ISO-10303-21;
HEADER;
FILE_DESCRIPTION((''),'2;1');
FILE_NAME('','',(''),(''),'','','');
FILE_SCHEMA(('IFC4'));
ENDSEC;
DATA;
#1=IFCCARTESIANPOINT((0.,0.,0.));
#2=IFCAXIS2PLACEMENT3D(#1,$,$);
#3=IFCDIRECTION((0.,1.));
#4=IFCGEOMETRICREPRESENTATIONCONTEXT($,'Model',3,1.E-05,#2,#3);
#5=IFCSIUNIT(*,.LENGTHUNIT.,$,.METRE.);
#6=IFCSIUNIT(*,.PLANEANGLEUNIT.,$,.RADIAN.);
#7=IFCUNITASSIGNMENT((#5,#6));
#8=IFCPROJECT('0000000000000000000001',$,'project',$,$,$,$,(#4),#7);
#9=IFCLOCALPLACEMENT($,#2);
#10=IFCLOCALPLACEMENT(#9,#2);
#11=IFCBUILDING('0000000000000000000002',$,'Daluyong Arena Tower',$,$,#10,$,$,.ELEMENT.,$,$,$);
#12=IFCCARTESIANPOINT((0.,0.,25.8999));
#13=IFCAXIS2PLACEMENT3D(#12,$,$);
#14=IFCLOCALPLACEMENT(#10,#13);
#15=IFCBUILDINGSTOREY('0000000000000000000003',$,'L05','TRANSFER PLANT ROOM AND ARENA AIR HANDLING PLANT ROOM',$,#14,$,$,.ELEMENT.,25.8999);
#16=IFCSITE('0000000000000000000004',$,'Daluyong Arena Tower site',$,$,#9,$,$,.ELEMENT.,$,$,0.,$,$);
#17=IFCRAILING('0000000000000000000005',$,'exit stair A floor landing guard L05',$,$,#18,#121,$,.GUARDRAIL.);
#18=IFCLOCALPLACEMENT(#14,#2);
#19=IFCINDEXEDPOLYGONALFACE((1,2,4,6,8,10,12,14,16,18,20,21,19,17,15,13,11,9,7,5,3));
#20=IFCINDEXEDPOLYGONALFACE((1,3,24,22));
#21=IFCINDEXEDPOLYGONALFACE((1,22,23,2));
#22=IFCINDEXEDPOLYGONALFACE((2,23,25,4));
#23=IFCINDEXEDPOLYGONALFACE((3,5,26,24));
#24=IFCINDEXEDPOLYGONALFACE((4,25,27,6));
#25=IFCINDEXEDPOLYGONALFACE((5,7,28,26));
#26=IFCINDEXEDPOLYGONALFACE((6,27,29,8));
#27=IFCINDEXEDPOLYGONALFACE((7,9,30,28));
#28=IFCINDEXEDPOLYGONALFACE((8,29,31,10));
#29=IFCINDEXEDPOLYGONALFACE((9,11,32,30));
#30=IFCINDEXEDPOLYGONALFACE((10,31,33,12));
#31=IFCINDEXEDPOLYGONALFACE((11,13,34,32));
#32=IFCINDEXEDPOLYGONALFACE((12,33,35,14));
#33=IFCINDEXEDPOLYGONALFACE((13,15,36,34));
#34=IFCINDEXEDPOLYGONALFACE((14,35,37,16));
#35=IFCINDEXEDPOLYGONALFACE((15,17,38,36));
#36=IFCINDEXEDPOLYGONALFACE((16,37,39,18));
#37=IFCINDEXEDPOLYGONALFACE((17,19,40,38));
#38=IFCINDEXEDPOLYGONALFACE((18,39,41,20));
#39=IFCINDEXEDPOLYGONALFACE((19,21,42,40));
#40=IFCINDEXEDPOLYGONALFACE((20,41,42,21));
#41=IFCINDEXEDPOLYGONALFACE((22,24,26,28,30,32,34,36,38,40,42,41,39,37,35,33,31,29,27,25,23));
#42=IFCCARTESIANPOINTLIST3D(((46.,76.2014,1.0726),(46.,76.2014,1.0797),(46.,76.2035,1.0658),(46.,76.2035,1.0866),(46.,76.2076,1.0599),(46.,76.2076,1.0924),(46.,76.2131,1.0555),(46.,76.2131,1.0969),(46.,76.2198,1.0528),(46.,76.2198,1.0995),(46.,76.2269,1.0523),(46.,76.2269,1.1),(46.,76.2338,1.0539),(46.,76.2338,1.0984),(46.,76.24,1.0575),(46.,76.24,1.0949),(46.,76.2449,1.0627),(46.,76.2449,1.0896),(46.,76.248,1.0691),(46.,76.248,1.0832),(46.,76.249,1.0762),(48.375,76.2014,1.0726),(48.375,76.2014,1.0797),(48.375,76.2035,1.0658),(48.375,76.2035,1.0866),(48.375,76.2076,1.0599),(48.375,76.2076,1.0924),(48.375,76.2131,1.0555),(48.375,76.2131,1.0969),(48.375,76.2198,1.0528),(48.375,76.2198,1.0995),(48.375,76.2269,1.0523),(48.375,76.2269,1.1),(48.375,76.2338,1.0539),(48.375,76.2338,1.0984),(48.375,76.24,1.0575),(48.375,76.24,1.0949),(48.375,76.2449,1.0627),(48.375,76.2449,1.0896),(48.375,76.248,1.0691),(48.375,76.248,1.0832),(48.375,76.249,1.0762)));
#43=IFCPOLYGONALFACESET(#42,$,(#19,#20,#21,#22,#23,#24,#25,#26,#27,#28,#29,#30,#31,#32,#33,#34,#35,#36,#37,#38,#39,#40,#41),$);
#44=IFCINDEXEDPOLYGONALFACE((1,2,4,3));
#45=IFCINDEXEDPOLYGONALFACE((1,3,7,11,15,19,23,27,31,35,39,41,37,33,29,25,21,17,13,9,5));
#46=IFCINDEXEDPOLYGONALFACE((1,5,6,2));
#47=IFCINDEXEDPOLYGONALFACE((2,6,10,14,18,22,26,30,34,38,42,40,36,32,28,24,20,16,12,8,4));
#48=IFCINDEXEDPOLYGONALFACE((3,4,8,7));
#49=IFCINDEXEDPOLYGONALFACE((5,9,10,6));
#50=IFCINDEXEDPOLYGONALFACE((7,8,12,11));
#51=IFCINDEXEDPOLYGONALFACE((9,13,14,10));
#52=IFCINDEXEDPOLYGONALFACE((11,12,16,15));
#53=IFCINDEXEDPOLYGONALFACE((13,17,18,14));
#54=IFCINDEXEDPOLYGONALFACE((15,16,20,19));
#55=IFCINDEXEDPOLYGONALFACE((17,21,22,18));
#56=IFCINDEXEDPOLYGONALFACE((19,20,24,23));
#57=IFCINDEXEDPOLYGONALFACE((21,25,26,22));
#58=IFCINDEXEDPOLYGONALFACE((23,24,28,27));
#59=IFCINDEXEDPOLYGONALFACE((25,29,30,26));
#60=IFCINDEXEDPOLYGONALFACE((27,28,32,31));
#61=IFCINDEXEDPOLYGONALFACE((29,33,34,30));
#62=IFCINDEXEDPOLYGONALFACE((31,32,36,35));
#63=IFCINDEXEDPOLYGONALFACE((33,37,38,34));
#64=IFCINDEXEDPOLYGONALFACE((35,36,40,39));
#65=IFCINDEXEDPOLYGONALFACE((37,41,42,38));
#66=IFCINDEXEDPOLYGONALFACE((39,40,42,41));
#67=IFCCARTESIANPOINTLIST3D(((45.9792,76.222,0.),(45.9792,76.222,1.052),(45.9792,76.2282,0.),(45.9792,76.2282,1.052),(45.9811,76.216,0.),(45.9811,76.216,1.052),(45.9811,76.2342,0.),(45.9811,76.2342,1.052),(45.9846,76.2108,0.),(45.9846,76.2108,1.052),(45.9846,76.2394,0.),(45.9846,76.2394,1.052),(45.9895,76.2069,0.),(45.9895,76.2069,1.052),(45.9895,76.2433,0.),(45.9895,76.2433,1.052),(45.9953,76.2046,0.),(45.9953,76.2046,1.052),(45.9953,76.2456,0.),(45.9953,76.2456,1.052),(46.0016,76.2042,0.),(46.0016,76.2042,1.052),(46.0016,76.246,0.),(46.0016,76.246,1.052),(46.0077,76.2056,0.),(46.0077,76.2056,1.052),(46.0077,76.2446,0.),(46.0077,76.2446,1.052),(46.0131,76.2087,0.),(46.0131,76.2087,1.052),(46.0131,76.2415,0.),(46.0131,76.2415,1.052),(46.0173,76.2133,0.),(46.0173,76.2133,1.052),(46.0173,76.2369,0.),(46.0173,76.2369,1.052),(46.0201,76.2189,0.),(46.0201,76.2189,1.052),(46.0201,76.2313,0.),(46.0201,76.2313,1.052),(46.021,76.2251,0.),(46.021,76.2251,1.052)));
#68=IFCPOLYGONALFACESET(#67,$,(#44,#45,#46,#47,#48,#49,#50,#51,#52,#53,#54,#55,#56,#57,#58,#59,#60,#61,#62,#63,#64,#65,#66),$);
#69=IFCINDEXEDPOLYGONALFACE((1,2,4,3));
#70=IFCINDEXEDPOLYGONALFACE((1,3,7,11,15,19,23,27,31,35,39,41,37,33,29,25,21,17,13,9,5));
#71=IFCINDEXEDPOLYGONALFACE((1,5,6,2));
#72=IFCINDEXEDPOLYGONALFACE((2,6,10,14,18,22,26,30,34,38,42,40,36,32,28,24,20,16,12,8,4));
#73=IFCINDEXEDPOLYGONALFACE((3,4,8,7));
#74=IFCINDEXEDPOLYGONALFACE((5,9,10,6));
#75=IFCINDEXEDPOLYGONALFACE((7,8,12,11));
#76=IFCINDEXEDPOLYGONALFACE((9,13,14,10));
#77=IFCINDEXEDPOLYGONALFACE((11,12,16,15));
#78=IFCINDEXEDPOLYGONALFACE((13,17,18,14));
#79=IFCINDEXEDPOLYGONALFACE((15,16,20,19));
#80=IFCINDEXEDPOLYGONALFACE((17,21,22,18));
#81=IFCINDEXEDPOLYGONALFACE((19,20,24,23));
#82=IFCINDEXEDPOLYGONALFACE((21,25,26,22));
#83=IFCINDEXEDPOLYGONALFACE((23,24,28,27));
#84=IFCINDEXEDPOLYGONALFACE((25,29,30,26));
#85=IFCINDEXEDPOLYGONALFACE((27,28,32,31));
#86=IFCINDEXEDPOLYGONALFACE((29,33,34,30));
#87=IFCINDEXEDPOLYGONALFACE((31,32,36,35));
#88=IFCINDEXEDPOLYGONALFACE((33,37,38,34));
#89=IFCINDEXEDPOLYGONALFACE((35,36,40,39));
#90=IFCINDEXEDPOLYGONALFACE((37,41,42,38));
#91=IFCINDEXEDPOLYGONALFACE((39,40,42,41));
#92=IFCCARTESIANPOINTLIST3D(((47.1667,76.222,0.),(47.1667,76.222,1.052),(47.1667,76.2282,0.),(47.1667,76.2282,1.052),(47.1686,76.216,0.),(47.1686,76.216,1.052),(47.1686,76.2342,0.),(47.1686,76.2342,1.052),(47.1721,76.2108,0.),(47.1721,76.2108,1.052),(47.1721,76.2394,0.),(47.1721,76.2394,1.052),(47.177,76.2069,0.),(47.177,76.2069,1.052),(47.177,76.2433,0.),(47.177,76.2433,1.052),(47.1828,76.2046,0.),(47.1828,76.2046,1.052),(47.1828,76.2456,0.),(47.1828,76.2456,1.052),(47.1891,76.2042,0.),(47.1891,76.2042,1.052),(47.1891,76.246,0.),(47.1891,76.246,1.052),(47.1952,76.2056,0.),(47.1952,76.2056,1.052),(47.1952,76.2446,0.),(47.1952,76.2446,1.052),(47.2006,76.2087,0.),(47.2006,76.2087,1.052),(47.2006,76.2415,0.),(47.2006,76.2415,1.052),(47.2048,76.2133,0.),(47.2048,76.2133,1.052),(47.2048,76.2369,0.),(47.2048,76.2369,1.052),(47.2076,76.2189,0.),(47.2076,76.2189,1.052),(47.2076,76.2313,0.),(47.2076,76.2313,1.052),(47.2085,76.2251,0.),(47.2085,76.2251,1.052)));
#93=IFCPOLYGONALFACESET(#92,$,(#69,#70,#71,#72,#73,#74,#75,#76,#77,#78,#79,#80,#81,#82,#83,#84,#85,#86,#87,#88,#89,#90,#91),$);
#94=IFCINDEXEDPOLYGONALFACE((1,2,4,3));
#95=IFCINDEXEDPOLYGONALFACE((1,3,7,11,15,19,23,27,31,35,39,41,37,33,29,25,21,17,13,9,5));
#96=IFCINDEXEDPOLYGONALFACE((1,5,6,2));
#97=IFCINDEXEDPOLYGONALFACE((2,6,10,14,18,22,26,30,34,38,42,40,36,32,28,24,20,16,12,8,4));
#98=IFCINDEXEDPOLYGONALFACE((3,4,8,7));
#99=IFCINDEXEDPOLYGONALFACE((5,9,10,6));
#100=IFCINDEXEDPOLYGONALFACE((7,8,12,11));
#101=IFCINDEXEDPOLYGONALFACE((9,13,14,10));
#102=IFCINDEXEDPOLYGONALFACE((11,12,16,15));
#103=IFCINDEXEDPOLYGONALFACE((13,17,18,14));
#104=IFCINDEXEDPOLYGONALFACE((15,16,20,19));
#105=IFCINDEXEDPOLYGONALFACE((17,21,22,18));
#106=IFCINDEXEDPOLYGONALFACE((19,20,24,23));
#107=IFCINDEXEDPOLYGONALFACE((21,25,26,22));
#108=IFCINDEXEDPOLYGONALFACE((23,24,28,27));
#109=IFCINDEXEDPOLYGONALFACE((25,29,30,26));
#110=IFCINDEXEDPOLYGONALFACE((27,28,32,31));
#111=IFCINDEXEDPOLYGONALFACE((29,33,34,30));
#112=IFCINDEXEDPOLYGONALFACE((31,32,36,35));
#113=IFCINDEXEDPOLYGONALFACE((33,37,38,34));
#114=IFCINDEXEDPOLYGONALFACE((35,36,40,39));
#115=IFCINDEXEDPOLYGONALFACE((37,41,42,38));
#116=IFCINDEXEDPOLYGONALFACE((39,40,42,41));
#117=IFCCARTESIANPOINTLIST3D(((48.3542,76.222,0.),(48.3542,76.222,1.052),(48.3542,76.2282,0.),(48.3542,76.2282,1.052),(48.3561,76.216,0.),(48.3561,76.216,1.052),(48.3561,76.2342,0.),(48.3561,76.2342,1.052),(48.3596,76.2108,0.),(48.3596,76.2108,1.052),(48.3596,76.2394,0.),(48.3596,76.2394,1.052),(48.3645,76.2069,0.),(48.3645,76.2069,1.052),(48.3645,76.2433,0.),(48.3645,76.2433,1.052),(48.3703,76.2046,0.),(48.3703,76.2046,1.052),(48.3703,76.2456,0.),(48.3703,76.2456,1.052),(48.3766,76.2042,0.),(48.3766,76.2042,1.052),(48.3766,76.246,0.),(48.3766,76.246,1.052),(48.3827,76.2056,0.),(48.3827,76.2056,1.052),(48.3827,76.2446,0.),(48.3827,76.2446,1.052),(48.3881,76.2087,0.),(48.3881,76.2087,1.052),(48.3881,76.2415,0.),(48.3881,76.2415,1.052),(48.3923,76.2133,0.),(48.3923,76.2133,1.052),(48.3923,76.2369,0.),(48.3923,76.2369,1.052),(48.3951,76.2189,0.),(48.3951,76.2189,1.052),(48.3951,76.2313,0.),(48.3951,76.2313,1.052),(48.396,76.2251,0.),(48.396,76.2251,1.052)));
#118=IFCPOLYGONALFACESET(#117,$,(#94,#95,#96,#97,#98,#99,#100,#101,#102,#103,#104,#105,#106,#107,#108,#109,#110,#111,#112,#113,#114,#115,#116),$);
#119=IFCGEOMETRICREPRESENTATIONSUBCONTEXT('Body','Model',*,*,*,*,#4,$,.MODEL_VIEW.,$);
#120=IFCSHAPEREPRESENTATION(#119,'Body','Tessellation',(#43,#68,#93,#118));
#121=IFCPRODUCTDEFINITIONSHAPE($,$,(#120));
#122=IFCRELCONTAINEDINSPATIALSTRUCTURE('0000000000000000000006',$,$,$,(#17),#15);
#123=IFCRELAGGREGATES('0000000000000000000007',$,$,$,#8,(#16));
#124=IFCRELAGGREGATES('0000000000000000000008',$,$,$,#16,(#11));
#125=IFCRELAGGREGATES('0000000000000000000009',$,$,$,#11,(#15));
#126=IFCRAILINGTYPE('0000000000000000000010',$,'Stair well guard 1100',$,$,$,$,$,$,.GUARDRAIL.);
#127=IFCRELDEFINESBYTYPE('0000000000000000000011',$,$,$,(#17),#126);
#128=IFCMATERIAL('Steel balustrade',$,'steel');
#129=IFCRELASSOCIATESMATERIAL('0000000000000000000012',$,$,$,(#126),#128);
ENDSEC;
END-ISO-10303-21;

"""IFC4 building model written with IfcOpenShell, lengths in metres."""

from ifc_helpers import new_model, si_unit, direction, frame, origin, origin_2d, place, context, subcontext, project, spatial, circle, extrude, material, type_object, element, save


model = new_model("IFC4")

# Units and contexts
model_context = context("Model", 3, precision=1e-05, world=origin(), true_north=direction((0.0, 1.0)))
body_context = subcontext(model_context, "Body", "Model", "MODEL_VIEW")
ifc_project = project(units=[si_unit("LENGTHUNIT", "METRE"), si_unit("PLANEANGLEUNIT", "RADIAN")], contexts=[model_context])

# Site, building, storey
site_placement = place(None, origin())
site = spatial("IfcSite", under=ifc_project, at=site_placement, Name="Daluyong Arena Tower site", CompositionType="ELEMENT", RefElevation=0.0)
building_placement = place(site_placement, origin())
building = spatial("IfcBuilding", under=site, at=building_placement, Name="Daluyong Arena Tower", CompositionType="ELEMENT")
storey_placement = place(building_placement, frame((0.0, 0.0, 25.8999)))
storey = spatial("IfcBuildingStorey", under=building, at=storey_placement, Name="L05", Description="TRANSFER PLANT ROOM AND ARENA AIR HANDLING PLANT ROOM", CompositionType="ELEMENT", Elevation=25.8999)

# Railing
ifc_material_1 = material(Name="Steel balustrade", Category="steel")
railing_type_1 = type_object("IfcRailingType", Name="Stair well guard 1100", PredefinedType="GUARDRAIL", material=ifc_material_1)
railing_1_placement = place(storey_placement, frame((46.0, 76.2251, 0.0)))
element("IfcRailing", 1, at=railing_1_placement, inside=storey, type_object=railing_type_1, Name="exit stair A floor landing guard L05", PredefinedType="GUARDRAIL", context=body_context, shape_type="SweptSolid", body=[
    extrude(circle(Radius=0.0239, at=origin_2d()), frame((0.0, 0.0, 1.0762), z_axis=(1.0, 0.0, 0.0), x_axis=(0.0, 1.0, 0.0)), (0.0, 0.0, 1.0), 2.375),
    extrude(circle(Radius=0.021, at=origin_2d()), origin(), (0.0, 0.0, 1.0), 1.052),
    extrude(circle(Radius=0.021, at=origin_2d()), frame((1.1875, 0.0, 0.0)), (0.0, 0.0, 1.0), 1.052),
    extrude(circle(Radius=0.021, at=origin_2d()), frame((2.375, 0.0, 0.0)), (0.0, 0.0, 1.0), 1.052),
])

save(model, "model.ifc")
